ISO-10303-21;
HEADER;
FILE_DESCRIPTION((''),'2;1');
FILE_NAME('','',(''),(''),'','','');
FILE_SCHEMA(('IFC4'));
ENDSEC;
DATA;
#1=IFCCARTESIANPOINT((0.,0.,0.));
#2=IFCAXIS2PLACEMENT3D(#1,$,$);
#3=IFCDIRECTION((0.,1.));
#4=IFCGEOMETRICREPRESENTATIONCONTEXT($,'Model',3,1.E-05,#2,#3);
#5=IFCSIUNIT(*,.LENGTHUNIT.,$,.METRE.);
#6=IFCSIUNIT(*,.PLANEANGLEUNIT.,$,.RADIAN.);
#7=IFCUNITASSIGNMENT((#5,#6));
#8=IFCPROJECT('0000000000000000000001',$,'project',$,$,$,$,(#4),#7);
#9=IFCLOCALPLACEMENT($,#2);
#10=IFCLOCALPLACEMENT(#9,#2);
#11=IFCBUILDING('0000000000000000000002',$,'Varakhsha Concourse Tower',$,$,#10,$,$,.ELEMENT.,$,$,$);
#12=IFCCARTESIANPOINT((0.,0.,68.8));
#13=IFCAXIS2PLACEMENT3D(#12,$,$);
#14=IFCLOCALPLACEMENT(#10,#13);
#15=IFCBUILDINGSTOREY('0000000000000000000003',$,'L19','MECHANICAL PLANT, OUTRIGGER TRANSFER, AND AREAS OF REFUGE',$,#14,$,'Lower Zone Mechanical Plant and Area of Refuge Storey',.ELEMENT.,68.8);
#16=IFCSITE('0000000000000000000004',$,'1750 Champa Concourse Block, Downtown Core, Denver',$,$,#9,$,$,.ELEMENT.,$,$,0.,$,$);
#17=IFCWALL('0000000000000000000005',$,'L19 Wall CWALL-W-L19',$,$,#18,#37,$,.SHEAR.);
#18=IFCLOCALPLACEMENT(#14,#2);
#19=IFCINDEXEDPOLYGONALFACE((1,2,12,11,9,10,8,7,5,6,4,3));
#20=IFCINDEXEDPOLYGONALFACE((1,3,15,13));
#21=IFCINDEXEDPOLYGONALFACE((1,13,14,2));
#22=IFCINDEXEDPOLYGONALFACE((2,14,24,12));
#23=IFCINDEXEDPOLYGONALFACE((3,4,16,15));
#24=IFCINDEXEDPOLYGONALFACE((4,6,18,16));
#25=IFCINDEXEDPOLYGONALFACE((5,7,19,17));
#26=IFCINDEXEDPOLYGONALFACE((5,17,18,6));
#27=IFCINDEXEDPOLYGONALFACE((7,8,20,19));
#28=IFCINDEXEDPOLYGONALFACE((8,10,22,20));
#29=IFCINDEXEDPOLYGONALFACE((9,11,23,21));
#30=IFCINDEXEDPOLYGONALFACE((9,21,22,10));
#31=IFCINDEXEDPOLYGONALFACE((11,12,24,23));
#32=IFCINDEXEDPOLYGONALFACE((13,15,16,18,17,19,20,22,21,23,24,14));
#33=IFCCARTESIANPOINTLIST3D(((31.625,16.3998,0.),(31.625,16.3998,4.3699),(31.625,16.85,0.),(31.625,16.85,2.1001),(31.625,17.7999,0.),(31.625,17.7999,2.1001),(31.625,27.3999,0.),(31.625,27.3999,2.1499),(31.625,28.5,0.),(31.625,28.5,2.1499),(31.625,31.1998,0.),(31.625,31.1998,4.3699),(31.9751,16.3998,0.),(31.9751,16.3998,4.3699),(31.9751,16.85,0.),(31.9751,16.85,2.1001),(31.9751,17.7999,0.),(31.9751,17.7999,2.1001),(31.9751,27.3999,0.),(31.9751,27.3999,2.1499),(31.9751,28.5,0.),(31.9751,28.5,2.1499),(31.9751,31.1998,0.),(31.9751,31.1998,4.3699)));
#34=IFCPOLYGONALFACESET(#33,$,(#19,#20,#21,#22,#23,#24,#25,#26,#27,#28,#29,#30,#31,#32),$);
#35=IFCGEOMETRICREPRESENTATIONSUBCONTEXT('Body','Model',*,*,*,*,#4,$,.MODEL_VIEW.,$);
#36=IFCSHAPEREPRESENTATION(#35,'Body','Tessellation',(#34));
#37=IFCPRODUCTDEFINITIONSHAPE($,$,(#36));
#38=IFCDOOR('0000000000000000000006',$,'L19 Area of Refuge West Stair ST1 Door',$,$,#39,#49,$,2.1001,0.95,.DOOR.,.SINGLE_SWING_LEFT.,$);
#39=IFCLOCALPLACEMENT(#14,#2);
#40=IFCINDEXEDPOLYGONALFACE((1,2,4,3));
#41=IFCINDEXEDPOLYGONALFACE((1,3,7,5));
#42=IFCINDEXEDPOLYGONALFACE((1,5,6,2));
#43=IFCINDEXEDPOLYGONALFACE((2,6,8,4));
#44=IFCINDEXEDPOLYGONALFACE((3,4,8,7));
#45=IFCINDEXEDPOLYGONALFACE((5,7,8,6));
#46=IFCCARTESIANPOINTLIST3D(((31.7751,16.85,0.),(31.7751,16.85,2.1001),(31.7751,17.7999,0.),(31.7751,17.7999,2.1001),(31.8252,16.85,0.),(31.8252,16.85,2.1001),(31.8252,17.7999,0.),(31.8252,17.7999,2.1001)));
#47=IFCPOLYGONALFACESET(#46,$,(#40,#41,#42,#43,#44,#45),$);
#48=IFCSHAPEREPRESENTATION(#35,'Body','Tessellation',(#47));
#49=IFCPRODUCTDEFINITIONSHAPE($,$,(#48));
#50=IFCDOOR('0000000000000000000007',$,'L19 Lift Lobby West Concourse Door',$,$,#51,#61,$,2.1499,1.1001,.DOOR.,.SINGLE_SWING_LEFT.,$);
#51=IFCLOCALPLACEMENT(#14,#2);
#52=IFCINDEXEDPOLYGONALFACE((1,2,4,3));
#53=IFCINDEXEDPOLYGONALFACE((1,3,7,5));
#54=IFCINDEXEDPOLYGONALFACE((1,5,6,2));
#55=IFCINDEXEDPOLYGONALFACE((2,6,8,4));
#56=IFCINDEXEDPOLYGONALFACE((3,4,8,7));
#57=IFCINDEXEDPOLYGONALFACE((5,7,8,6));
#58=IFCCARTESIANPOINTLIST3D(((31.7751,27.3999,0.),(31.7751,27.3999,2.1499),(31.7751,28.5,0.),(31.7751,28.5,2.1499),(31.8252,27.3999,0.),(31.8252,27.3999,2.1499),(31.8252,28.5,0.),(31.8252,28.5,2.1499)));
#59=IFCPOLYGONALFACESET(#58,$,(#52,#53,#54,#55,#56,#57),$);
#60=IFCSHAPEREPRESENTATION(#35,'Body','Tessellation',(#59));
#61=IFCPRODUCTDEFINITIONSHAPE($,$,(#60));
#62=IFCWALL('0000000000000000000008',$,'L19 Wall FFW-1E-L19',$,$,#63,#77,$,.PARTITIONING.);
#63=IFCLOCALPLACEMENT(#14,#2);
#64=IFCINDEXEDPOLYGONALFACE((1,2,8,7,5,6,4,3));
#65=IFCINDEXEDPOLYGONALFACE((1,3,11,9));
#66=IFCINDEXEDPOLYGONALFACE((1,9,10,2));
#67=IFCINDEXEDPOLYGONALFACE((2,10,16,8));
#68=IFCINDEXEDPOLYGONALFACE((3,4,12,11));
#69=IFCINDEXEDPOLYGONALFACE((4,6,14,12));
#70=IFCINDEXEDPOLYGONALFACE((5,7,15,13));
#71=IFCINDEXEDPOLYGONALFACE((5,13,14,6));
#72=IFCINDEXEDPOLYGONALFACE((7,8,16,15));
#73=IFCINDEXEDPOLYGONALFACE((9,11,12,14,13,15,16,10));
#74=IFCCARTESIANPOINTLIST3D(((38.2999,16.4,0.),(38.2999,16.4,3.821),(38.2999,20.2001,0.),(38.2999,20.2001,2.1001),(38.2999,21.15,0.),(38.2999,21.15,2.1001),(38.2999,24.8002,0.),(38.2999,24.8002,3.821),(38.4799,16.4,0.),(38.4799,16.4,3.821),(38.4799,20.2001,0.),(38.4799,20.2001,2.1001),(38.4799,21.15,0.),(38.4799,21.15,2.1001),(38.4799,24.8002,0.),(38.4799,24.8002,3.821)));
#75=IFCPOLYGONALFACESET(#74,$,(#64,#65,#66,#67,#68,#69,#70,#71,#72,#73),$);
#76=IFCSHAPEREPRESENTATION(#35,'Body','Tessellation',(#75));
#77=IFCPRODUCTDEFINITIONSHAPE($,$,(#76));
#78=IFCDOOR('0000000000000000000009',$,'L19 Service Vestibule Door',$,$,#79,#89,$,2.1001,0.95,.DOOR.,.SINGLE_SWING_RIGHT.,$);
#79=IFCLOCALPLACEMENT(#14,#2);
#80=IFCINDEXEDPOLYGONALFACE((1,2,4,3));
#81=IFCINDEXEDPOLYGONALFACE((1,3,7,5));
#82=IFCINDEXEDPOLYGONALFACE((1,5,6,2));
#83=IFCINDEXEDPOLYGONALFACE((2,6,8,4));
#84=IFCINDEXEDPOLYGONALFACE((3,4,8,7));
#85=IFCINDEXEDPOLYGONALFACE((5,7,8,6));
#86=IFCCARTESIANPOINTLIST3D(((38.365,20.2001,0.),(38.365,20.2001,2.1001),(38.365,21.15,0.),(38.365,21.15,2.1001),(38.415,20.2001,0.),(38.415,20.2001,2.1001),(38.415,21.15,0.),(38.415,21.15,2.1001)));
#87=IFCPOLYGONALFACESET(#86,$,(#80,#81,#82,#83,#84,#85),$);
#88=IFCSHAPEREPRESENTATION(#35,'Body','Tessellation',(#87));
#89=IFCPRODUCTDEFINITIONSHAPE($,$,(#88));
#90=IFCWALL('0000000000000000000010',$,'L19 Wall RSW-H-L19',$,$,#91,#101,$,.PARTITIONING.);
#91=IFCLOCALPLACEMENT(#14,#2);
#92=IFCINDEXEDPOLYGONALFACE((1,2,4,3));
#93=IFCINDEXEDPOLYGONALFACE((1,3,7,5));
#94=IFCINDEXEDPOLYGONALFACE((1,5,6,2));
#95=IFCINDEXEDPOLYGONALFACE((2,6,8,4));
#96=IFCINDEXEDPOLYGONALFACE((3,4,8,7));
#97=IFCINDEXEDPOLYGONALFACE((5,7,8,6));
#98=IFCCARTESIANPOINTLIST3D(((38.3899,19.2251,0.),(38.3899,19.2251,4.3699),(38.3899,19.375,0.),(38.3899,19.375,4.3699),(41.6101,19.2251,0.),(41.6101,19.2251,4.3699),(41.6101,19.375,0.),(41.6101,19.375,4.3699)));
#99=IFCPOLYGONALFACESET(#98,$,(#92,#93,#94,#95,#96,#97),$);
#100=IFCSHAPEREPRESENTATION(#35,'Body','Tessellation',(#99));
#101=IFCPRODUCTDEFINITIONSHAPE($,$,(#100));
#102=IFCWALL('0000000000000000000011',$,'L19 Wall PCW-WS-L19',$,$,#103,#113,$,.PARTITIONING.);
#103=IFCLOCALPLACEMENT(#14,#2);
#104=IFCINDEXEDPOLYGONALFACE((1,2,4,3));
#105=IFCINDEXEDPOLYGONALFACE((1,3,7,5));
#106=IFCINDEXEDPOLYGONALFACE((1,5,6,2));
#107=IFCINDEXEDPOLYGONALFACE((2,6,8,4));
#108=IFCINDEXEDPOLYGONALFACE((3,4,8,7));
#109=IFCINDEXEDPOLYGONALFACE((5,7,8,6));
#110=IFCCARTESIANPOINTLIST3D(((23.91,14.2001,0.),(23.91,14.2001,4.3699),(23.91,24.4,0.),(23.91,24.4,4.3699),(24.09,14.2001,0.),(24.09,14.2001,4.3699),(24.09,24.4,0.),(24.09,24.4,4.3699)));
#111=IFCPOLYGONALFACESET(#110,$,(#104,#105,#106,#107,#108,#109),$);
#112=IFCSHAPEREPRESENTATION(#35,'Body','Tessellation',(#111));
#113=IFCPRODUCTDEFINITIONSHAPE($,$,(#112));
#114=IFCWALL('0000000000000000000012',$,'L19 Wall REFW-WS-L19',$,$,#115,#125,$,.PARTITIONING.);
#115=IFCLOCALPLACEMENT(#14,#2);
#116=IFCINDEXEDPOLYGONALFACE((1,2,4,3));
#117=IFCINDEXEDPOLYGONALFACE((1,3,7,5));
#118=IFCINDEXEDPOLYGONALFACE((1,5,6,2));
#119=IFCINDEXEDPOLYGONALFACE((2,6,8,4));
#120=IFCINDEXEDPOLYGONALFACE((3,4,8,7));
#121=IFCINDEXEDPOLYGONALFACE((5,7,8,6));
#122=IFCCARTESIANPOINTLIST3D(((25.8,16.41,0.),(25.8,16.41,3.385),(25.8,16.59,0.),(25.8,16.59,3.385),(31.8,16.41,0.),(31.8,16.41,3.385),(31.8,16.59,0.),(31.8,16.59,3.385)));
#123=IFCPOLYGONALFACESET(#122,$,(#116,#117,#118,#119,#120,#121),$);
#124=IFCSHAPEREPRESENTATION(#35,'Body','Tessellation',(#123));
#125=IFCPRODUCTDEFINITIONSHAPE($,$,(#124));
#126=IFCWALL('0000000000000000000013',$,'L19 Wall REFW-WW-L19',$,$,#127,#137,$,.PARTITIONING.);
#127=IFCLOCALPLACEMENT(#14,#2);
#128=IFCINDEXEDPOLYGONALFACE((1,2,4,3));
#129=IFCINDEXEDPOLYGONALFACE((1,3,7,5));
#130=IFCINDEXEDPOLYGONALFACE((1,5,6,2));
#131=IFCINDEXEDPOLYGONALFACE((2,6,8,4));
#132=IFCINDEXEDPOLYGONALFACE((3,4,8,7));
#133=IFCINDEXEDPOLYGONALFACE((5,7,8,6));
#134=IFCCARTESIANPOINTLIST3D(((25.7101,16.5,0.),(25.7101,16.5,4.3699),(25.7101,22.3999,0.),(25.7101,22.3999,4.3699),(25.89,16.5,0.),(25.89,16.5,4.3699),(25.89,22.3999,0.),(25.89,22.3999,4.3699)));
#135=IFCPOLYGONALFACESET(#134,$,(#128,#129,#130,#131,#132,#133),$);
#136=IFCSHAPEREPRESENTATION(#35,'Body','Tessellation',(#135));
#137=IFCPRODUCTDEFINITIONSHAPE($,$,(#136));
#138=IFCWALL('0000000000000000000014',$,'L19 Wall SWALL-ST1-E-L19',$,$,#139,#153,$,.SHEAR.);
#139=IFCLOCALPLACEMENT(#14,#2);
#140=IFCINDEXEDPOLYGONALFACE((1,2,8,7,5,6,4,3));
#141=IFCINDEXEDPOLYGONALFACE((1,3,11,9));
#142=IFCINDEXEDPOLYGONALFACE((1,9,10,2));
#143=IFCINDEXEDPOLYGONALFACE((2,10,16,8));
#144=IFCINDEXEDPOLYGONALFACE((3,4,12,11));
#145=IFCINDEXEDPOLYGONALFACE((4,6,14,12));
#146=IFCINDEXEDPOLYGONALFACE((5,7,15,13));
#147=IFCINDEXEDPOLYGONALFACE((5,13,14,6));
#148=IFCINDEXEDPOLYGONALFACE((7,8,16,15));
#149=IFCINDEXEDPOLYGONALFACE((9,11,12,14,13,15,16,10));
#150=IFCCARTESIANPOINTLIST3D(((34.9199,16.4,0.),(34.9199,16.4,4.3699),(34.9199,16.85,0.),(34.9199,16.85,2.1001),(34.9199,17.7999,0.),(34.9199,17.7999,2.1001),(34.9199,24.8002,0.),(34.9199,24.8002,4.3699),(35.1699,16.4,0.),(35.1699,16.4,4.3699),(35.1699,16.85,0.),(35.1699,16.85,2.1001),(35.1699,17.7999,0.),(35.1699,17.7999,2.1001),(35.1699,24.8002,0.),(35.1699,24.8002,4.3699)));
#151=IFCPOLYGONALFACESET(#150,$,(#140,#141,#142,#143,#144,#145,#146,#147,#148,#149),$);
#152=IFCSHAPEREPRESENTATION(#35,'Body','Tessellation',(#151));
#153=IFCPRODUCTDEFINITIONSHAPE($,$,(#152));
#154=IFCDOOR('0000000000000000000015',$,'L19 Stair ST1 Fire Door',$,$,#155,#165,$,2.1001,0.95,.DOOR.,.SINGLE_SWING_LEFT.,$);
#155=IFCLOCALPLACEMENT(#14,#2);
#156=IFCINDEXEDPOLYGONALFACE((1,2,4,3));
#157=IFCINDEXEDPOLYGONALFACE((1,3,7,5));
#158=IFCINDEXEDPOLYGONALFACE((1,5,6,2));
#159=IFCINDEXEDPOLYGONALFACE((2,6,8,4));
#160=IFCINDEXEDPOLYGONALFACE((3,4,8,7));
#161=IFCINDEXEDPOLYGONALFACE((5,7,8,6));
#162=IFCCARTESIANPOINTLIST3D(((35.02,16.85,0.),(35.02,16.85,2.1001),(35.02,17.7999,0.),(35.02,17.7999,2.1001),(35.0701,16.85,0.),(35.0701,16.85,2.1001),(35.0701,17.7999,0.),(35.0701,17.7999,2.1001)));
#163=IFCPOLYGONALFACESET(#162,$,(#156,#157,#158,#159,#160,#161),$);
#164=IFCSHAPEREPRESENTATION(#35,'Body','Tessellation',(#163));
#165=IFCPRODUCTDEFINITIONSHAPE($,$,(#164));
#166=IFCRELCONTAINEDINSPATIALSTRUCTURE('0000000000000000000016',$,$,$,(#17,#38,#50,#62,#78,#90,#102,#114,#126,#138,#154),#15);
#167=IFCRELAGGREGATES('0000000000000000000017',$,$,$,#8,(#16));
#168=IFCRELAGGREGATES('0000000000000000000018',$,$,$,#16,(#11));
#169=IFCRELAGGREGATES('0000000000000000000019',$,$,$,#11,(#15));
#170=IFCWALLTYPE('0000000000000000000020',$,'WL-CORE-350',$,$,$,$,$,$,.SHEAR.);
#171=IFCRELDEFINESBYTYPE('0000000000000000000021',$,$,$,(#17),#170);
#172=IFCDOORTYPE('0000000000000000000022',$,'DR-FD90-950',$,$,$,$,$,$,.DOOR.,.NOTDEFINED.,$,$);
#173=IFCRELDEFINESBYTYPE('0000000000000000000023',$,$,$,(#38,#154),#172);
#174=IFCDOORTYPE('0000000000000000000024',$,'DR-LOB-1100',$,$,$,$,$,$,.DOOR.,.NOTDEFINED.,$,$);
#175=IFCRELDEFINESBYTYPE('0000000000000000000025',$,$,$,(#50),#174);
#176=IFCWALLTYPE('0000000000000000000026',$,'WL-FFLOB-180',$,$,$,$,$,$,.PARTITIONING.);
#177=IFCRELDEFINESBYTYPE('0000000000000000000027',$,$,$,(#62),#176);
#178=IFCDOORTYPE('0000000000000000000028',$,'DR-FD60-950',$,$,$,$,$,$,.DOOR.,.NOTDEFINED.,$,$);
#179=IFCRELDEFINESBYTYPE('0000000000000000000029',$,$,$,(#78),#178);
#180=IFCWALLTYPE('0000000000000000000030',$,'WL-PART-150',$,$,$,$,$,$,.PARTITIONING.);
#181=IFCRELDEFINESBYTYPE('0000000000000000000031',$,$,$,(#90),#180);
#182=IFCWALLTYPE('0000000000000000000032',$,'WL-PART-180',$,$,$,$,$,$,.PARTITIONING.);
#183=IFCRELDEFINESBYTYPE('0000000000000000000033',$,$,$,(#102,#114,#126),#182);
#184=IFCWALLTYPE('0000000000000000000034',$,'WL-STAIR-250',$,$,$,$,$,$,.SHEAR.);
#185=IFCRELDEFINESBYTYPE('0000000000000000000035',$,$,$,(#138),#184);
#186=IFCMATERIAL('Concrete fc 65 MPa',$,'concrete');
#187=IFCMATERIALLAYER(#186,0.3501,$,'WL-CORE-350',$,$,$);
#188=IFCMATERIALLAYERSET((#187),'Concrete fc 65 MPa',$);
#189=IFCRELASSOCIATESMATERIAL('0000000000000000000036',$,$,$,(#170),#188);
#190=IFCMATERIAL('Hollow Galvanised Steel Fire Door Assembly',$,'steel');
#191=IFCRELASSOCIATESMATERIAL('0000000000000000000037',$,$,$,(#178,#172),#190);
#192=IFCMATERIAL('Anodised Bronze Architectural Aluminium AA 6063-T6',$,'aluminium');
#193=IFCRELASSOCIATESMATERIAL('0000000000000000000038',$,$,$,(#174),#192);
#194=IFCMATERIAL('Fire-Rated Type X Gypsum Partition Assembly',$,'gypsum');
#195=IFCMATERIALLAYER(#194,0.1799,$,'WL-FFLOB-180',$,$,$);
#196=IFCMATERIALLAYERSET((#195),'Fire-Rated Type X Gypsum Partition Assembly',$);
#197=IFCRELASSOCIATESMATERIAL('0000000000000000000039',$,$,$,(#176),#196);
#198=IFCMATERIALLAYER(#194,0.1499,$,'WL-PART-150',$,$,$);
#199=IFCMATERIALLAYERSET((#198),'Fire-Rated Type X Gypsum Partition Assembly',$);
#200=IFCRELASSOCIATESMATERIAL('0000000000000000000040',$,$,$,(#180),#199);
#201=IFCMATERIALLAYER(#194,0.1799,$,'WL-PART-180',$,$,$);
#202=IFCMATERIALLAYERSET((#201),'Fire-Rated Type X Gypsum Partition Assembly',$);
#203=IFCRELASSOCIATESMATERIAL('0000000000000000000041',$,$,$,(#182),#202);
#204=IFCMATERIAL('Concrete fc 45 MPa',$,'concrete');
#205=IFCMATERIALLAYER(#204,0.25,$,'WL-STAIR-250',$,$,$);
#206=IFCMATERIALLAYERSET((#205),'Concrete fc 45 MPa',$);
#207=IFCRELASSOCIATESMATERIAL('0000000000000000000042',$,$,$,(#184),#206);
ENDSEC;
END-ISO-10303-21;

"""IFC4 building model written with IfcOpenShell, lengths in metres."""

from ifc_helpers import new_model, si_unit, direction, frame, frame_2d, origin, place, context, subcontext, project, spatial, rectangle, extrude, material, layer, layer_set, type_object, element, fill, save


model = new_model("IFC4")

# Units and contexts
model_context = context("Model", 3, precision=1e-05, world=origin(), true_north=direction((0.0, 1.0)))
body_context = subcontext(model_context, "Body", "Model", "MODEL_VIEW")
ifc_project = project(units=[si_unit("LENGTHUNIT", "METRE"), si_unit("PLANEANGLEUNIT", "RADIAN")], contexts=[model_context])

# Site, building, storey
site_placement = place(None, origin())
site = spatial("IfcSite", under=ifc_project, at=site_placement, Name="1750 Champa Concourse Block, Downtown Core, Denver", CompositionType="ELEMENT", RefElevation=0.0)
building_placement = place(site_placement, origin())
building = spatial("IfcBuilding", under=site, at=building_placement, Name="Varakhsha Concourse Tower", CompositionType="ELEMENT")
storey_placement = place(building_placement, frame((0.0, 0.0, 68.8)))
storey = spatial("IfcBuildingStorey", under=building, at=storey_placement, Name="L19", Description="MECHANICAL PLANT, OUTRIGGER TRANSFER, AND AREAS OF REFUGE", LongName="Lower Zone Mechanical Plant and Area of Refuge Storey", CompositionType="ELEMENT", Elevation=68.8)

# Shared definitions
ifc_material_1 = material(Name="Concrete fc 65 MPa", Category="concrete")

# Wall, openings, doors
ifc_layer_1 = layer(ifc_material_1, 0.3501, Name="WL-CORE-350")
ifc_layer_set_1 = layer_set([ifc_layer_1], Name="Concrete fc 65 MPa")
wall_type_1 = type_object("IfcWallType", Name="WL-CORE-350", PredefinedType="SHEAR", material=ifc_layer_set_1)
ifc_material_2 = material(Name="Hollow Galvanised Steel Fire Door Assembly", Category="steel")
door_type_1 = type_object("IfcDoorType", Name="DR-FD60-950", OperationType="NOTDEFINED", PredefinedType="DOOR", material=ifc_material_2)
wall_1_placement = place(storey_placement, frame((31.8, 16.3999, 0.0), z_axis=(0.0, 0.0, 1.0), x_axis=(0.0, 1.0, 0.0)))
wall_1 = element("IfcWall", 1, at=wall_1_placement, inside=storey, type_object=wall_type_1, Name="L19 Wall CWALL-W-L19", PredefinedType="SHEAR", context=body_context, shape_type="SweptSolid", body=[
    extrude(rectangle(XDim=14.8, YDim=0.3501, at=frame_2d((7.3999, 0.0))), origin(), (0.0, 0.0, 1.0), 4.3699),
])
opening_1_placement = place(wall_1_placement, frame((11.0, 0.0, 0.0)))
opening_1 = element("IfcOpeningElement", 2, at=opening_1_placement, cuts=wall_1, PredefinedType="OPENING", context=body_context, shape_type="SweptSolid", body=[
    extrude(rectangle(XDim=1.1001, YDim=2.1499, at=frame_2d((0.55, 1.075))), frame((0.0, 0.1851, 0.0), z_axis=(0.0, -1.0, 0.0), x_axis=(1.0, 0.0, 0.0)), (0.0, 0.0, 1.0), 0.3701),
])
opening_2_placement = place(wall_1_placement, frame((0.45, 0.0, 0.0)))
opening_2 = element("IfcOpeningElement", 3, at=opening_2_placement, cuts=wall_1, PredefinedType="OPENING", context=body_context, shape_type="SweptSolid", body=[
    extrude(rectangle(XDim=0.95, YDim=2.1001, at=frame_2d((0.4751, 1.05))), frame((0.0, 0.1851, 0.0), z_axis=(0.0, -1.0, 0.0), x_axis=(1.0, 0.0, 0.0)), (0.0, 0.0, 1.0), 0.3701),
])
door_type_2 = type_object("IfcDoorType", Name="DR-FD90-950", OperationType="NOTDEFINED", PredefinedType="DOOR", material=ifc_material_2)
door_1_placement = place(opening_2_placement, origin())
door_1 = element("IfcDoor", 4, at=door_1_placement, inside=storey, type_object=door_type_2, Name="L19 Area of Refuge West Stair ST1 Door", OperationType="SINGLE_SWING_LEFT", OverallHeight=2.1001, OverallWidth=0.95, PredefinedType="DOOR", context=body_context, shape_type="SweptSolid", body=[
    extrude(rectangle(XDim=0.95, YDim=2.1001, at=frame_2d((0.4751, 1.05))), frame((0.0, 0.0249, 0.0), z_axis=(0.0, -1.0, 0.0), x_axis=(1.0, 0.0, 0.0)), (0.0, 0.0, 1.0), 0.05),
])
fill(opening_2, door_1)
ifc_material_3 = material(Name="Anodised Bronze Architectural Aluminium AA 6063-T6", Category="aluminium")
door_type_3 = type_object("IfcDoorType", Name="DR-LOB-1100", OperationType="NOTDEFINED", PredefinedType="DOOR", material=ifc_material_3)
door_2_placement = place(opening_1_placement, origin())
door_2 = element("IfcDoor", 5, at=door_2_placement, inside=storey, type_object=door_type_3, Name="L19 Lift Lobby West Concourse Door", OperationType="SINGLE_SWING_LEFT", OverallHeight=2.1499, OverallWidth=1.1001, PredefinedType="DOOR", context=body_context, shape_type="SweptSolid", body=[
    extrude(rectangle(XDim=1.1001, YDim=2.1499, at=frame_2d((0.55, 1.075))), frame((0.0, 0.0249, 0.0), z_axis=(0.0, -1.0, 0.0), x_axis=(1.0, 0.0, 0.0)), (0.0, 0.0, 1.0), 0.05),
])
fill(opening_1, door_2)

# Wall, opening, door
ifc_material_4 = material(Name="Fire-Rated Type X Gypsum Partition Assembly", Category="gypsum")
ifc_layer_2 = layer(ifc_material_4, 0.1799, Name="WL-FFLOB-180")
ifc_layer_set_2 = layer_set([ifc_layer_2], Name="Fire-Rated Type X Gypsum Partition Assembly")
wall_type_2 = type_object("IfcWallType", Name="WL-FFLOB-180", PredefinedType="PARTITIONING", material=ifc_layer_set_2)
wall_2_placement = place(storey_placement, frame((38.3899, 16.3999, 0.0), z_axis=(0.0, 0.0, 1.0), x_axis=(0.0, 1.0, 0.0)))
wall_2 = element("IfcWall", 6, at=wall_2_placement, inside=storey, type_object=wall_type_2, Name="L19 Wall FFW-1E-L19", PredefinedType="PARTITIONING", context=body_context, shape_type="SweptSolid", body=[
    extrude(rectangle(XDim=8.4001, YDim=0.1799, at=frame_2d((4.2002, 0.0))), origin(), (0.0, 0.0, 1.0), 3.821),
])
opening_3_placement = place(wall_2_placement, frame((3.8, 0.0, 0.0)))
opening_3 = element("IfcOpeningElement", 7, at=opening_3_placement, cuts=wall_2, PredefinedType="OPENING", context=body_context, shape_type="SweptSolid", body=[
    extrude(rectangle(XDim=0.95, YDim=2.1001, at=frame_2d((0.4751, 1.05))), frame((0.0, 0.0999, 0.0), z_axis=(0.0, -1.0, 0.0), x_axis=(1.0, 0.0, 0.0)), (0.0, 0.0, 1.0), 0.2),
])
door_3_placement = place(opening_3_placement, origin())
door_3 = element("IfcDoor", 8, at=door_3_placement, inside=storey, type_object=door_type_1, Name="L19 Service Vestibule Door", OperationType="SINGLE_SWING_RIGHT", OverallHeight=2.1001, OverallWidth=0.95, PredefinedType="DOOR", context=body_context, shape_type="SweptSolid", body=[
    extrude(rectangle(XDim=0.95, YDim=2.1001, at=frame_2d((0.4751, 1.05))), frame((0.0, 0.0249, 0.0), z_axis=(0.0, -1.0, 0.0), x_axis=(1.0, 0.0, 0.0)), (0.0, 0.0, 1.0), 0.05),
])
fill(opening_3, door_3)

# Walls
ifc_layer_3 = layer(ifc_material_4, 0.1499, Name="WL-PART-150")
ifc_layer_set_3 = layer_set([ifc_layer_3], Name="Fire-Rated Type X Gypsum Partition Assembly")
wall_type_3 = type_object("IfcWallType", Name="WL-PART-150", PredefinedType="PARTITIONING", material=ifc_layer_set_3)
wall_3_placement = place(storey_placement, frame((38.3899, 19.3, 0.0), z_axis=(0.0, 0.0, 1.0), x_axis=(1.0, 0.0, 0.0)))
element("IfcWall", 9, at=wall_3_placement, inside=storey, type_object=wall_type_3, Name="L19 Wall RSW-H-L19", PredefinedType="PARTITIONING", context=body_context, shape_type="SweptSolid", body=[
    extrude(rectangle(XDim=3.2202, YDim=0.1499, at=frame_2d((1.6101, 0.0))), origin(), (0.0, 0.0, 1.0), 4.3699),
])
ifc_layer_4 = layer(ifc_material_4, 0.1799, Name="WL-PART-180")
ifc_layer_set_4 = layer_set([ifc_layer_4], Name="Fire-Rated Type X Gypsum Partition Assembly")
wall_type_4 = type_object("IfcWallType", Name="WL-PART-180", PredefinedType="PARTITIONING", material=ifc_layer_set_4)
wall_4_placement = place(storey_placement, frame((24.0, 14.2, 0.0), z_axis=(0.0, 0.0, 1.0), x_axis=(0.0, 1.0, 0.0)))
element("IfcWall", 10, at=wall_4_placement, inside=storey, type_object=wall_type_4, Name="L19 Wall PCW-WS-L19", PredefinedType="PARTITIONING", context=body_context, shape_type="SweptSolid", body=[
    extrude(rectangle(XDim=10.2, YDim=0.1799, at=frame_2d((5.1001, 0.0))), origin(), (0.0, 0.0, 1.0), 4.3699),
])
wall_5_placement = place(storey_placement, frame((25.8, 16.5, 0.0), z_axis=(0.0, 0.0, 1.0), x_axis=(1.0, 0.0, 0.0)))
element("IfcWall", 11, at=wall_5_placement, inside=storey, type_object=wall_type_4, Name="L19 Wall REFW-WS-L19", PredefinedType="PARTITIONING", context=body_context, shape_type="SweptSolid", body=[
    extrude(rectangle(XDim=6.0, YDim=0.1799, at=frame_2d((3.0, 0.0))), origin(), (0.0, 0.0, 1.0), 3.385),
])
wall_6_placement = place(storey_placement, frame((25.8, 16.5, 0.0), z_axis=(0.0, 0.0, 1.0), x_axis=(0.0, 1.0, 0.0)))
element("IfcWall", 12, at=wall_6_placement, inside=storey, type_object=wall_type_4, Name="L19 Wall REFW-WW-L19", PredefinedType="PARTITIONING", context=body_context, shape_type="SweptSolid", body=[
    extrude(rectangle(XDim=5.8999, YDim=0.1799, at=frame_2d((2.95, 0.0))), origin(), (0.0, 0.0, 1.0), 4.3699),
])

# Wall, opening, door
ifc_material_5 = material(Name="Concrete fc 45 MPa", Category="concrete")
ifc_layer_5 = layer(ifc_material_5, 0.25, Name="WL-STAIR-250")
ifc_layer_set_5 = layer_set([ifc_layer_5], Name="Concrete fc 45 MPa")
wall_type_5 = type_object("IfcWallType", Name="WL-STAIR-250", PredefinedType="SHEAR", material=ifc_layer_set_5)
wall_7_placement = place(storey_placement, frame((35.0449, 16.3999, 0.0), z_axis=(0.0, 0.0, 1.0), x_axis=(0.0, 1.0, 0.0)))
wall_7 = element("IfcWall", 13, at=wall_7_placement, inside=storey, type_object=wall_type_5, Name="L19 Wall SWALL-ST1-E-L19", PredefinedType="SHEAR", context=body_context, shape_type="SweptSolid", body=[
    extrude(rectangle(XDim=8.4001, YDim=0.25, at=frame_2d((4.2002, 0.0))), origin(), (0.0, 0.0, 1.0), 4.3699),
])
opening_4_placement = place(wall_7_placement, frame((0.45, 0.0, 0.0)))
opening_4 = element("IfcOpeningElement", 14, at=opening_4_placement, cuts=wall_7, PredefinedType="OPENING", context=body_context, shape_type="SweptSolid", body=[
    extrude(rectangle(XDim=0.95, YDim=2.1001, at=frame_2d((0.4751, 1.05))), frame((0.0, 0.135, 0.0), z_axis=(0.0, -1.0, 0.0), x_axis=(1.0, 0.0, 0.0)), (0.0, 0.0, 1.0), 0.27),
])
door_4_placement = place(opening_4_placement, origin())
door_4 = element("IfcDoor", 15, at=door_4_placement, inside=storey, type_object=door_type_2, Name="L19 Stair ST1 Fire Door", OperationType="SINGLE_SWING_LEFT", OverallHeight=2.1001, OverallWidth=0.95, PredefinedType="DOOR", context=body_context, shape_type="SweptSolid", body=[
    extrude(rectangle(XDim=0.95, YDim=2.1001, at=frame_2d((0.4751, 1.05))), frame((0.0, 0.0249, 0.0), z_axis=(0.0, -1.0, 0.0), x_axis=(1.0, 0.0, 0.0)), (0.0, 0.0, 1.0), 0.05),
])
fill(opening_4, door_4)

save(model, "model.ifc")
